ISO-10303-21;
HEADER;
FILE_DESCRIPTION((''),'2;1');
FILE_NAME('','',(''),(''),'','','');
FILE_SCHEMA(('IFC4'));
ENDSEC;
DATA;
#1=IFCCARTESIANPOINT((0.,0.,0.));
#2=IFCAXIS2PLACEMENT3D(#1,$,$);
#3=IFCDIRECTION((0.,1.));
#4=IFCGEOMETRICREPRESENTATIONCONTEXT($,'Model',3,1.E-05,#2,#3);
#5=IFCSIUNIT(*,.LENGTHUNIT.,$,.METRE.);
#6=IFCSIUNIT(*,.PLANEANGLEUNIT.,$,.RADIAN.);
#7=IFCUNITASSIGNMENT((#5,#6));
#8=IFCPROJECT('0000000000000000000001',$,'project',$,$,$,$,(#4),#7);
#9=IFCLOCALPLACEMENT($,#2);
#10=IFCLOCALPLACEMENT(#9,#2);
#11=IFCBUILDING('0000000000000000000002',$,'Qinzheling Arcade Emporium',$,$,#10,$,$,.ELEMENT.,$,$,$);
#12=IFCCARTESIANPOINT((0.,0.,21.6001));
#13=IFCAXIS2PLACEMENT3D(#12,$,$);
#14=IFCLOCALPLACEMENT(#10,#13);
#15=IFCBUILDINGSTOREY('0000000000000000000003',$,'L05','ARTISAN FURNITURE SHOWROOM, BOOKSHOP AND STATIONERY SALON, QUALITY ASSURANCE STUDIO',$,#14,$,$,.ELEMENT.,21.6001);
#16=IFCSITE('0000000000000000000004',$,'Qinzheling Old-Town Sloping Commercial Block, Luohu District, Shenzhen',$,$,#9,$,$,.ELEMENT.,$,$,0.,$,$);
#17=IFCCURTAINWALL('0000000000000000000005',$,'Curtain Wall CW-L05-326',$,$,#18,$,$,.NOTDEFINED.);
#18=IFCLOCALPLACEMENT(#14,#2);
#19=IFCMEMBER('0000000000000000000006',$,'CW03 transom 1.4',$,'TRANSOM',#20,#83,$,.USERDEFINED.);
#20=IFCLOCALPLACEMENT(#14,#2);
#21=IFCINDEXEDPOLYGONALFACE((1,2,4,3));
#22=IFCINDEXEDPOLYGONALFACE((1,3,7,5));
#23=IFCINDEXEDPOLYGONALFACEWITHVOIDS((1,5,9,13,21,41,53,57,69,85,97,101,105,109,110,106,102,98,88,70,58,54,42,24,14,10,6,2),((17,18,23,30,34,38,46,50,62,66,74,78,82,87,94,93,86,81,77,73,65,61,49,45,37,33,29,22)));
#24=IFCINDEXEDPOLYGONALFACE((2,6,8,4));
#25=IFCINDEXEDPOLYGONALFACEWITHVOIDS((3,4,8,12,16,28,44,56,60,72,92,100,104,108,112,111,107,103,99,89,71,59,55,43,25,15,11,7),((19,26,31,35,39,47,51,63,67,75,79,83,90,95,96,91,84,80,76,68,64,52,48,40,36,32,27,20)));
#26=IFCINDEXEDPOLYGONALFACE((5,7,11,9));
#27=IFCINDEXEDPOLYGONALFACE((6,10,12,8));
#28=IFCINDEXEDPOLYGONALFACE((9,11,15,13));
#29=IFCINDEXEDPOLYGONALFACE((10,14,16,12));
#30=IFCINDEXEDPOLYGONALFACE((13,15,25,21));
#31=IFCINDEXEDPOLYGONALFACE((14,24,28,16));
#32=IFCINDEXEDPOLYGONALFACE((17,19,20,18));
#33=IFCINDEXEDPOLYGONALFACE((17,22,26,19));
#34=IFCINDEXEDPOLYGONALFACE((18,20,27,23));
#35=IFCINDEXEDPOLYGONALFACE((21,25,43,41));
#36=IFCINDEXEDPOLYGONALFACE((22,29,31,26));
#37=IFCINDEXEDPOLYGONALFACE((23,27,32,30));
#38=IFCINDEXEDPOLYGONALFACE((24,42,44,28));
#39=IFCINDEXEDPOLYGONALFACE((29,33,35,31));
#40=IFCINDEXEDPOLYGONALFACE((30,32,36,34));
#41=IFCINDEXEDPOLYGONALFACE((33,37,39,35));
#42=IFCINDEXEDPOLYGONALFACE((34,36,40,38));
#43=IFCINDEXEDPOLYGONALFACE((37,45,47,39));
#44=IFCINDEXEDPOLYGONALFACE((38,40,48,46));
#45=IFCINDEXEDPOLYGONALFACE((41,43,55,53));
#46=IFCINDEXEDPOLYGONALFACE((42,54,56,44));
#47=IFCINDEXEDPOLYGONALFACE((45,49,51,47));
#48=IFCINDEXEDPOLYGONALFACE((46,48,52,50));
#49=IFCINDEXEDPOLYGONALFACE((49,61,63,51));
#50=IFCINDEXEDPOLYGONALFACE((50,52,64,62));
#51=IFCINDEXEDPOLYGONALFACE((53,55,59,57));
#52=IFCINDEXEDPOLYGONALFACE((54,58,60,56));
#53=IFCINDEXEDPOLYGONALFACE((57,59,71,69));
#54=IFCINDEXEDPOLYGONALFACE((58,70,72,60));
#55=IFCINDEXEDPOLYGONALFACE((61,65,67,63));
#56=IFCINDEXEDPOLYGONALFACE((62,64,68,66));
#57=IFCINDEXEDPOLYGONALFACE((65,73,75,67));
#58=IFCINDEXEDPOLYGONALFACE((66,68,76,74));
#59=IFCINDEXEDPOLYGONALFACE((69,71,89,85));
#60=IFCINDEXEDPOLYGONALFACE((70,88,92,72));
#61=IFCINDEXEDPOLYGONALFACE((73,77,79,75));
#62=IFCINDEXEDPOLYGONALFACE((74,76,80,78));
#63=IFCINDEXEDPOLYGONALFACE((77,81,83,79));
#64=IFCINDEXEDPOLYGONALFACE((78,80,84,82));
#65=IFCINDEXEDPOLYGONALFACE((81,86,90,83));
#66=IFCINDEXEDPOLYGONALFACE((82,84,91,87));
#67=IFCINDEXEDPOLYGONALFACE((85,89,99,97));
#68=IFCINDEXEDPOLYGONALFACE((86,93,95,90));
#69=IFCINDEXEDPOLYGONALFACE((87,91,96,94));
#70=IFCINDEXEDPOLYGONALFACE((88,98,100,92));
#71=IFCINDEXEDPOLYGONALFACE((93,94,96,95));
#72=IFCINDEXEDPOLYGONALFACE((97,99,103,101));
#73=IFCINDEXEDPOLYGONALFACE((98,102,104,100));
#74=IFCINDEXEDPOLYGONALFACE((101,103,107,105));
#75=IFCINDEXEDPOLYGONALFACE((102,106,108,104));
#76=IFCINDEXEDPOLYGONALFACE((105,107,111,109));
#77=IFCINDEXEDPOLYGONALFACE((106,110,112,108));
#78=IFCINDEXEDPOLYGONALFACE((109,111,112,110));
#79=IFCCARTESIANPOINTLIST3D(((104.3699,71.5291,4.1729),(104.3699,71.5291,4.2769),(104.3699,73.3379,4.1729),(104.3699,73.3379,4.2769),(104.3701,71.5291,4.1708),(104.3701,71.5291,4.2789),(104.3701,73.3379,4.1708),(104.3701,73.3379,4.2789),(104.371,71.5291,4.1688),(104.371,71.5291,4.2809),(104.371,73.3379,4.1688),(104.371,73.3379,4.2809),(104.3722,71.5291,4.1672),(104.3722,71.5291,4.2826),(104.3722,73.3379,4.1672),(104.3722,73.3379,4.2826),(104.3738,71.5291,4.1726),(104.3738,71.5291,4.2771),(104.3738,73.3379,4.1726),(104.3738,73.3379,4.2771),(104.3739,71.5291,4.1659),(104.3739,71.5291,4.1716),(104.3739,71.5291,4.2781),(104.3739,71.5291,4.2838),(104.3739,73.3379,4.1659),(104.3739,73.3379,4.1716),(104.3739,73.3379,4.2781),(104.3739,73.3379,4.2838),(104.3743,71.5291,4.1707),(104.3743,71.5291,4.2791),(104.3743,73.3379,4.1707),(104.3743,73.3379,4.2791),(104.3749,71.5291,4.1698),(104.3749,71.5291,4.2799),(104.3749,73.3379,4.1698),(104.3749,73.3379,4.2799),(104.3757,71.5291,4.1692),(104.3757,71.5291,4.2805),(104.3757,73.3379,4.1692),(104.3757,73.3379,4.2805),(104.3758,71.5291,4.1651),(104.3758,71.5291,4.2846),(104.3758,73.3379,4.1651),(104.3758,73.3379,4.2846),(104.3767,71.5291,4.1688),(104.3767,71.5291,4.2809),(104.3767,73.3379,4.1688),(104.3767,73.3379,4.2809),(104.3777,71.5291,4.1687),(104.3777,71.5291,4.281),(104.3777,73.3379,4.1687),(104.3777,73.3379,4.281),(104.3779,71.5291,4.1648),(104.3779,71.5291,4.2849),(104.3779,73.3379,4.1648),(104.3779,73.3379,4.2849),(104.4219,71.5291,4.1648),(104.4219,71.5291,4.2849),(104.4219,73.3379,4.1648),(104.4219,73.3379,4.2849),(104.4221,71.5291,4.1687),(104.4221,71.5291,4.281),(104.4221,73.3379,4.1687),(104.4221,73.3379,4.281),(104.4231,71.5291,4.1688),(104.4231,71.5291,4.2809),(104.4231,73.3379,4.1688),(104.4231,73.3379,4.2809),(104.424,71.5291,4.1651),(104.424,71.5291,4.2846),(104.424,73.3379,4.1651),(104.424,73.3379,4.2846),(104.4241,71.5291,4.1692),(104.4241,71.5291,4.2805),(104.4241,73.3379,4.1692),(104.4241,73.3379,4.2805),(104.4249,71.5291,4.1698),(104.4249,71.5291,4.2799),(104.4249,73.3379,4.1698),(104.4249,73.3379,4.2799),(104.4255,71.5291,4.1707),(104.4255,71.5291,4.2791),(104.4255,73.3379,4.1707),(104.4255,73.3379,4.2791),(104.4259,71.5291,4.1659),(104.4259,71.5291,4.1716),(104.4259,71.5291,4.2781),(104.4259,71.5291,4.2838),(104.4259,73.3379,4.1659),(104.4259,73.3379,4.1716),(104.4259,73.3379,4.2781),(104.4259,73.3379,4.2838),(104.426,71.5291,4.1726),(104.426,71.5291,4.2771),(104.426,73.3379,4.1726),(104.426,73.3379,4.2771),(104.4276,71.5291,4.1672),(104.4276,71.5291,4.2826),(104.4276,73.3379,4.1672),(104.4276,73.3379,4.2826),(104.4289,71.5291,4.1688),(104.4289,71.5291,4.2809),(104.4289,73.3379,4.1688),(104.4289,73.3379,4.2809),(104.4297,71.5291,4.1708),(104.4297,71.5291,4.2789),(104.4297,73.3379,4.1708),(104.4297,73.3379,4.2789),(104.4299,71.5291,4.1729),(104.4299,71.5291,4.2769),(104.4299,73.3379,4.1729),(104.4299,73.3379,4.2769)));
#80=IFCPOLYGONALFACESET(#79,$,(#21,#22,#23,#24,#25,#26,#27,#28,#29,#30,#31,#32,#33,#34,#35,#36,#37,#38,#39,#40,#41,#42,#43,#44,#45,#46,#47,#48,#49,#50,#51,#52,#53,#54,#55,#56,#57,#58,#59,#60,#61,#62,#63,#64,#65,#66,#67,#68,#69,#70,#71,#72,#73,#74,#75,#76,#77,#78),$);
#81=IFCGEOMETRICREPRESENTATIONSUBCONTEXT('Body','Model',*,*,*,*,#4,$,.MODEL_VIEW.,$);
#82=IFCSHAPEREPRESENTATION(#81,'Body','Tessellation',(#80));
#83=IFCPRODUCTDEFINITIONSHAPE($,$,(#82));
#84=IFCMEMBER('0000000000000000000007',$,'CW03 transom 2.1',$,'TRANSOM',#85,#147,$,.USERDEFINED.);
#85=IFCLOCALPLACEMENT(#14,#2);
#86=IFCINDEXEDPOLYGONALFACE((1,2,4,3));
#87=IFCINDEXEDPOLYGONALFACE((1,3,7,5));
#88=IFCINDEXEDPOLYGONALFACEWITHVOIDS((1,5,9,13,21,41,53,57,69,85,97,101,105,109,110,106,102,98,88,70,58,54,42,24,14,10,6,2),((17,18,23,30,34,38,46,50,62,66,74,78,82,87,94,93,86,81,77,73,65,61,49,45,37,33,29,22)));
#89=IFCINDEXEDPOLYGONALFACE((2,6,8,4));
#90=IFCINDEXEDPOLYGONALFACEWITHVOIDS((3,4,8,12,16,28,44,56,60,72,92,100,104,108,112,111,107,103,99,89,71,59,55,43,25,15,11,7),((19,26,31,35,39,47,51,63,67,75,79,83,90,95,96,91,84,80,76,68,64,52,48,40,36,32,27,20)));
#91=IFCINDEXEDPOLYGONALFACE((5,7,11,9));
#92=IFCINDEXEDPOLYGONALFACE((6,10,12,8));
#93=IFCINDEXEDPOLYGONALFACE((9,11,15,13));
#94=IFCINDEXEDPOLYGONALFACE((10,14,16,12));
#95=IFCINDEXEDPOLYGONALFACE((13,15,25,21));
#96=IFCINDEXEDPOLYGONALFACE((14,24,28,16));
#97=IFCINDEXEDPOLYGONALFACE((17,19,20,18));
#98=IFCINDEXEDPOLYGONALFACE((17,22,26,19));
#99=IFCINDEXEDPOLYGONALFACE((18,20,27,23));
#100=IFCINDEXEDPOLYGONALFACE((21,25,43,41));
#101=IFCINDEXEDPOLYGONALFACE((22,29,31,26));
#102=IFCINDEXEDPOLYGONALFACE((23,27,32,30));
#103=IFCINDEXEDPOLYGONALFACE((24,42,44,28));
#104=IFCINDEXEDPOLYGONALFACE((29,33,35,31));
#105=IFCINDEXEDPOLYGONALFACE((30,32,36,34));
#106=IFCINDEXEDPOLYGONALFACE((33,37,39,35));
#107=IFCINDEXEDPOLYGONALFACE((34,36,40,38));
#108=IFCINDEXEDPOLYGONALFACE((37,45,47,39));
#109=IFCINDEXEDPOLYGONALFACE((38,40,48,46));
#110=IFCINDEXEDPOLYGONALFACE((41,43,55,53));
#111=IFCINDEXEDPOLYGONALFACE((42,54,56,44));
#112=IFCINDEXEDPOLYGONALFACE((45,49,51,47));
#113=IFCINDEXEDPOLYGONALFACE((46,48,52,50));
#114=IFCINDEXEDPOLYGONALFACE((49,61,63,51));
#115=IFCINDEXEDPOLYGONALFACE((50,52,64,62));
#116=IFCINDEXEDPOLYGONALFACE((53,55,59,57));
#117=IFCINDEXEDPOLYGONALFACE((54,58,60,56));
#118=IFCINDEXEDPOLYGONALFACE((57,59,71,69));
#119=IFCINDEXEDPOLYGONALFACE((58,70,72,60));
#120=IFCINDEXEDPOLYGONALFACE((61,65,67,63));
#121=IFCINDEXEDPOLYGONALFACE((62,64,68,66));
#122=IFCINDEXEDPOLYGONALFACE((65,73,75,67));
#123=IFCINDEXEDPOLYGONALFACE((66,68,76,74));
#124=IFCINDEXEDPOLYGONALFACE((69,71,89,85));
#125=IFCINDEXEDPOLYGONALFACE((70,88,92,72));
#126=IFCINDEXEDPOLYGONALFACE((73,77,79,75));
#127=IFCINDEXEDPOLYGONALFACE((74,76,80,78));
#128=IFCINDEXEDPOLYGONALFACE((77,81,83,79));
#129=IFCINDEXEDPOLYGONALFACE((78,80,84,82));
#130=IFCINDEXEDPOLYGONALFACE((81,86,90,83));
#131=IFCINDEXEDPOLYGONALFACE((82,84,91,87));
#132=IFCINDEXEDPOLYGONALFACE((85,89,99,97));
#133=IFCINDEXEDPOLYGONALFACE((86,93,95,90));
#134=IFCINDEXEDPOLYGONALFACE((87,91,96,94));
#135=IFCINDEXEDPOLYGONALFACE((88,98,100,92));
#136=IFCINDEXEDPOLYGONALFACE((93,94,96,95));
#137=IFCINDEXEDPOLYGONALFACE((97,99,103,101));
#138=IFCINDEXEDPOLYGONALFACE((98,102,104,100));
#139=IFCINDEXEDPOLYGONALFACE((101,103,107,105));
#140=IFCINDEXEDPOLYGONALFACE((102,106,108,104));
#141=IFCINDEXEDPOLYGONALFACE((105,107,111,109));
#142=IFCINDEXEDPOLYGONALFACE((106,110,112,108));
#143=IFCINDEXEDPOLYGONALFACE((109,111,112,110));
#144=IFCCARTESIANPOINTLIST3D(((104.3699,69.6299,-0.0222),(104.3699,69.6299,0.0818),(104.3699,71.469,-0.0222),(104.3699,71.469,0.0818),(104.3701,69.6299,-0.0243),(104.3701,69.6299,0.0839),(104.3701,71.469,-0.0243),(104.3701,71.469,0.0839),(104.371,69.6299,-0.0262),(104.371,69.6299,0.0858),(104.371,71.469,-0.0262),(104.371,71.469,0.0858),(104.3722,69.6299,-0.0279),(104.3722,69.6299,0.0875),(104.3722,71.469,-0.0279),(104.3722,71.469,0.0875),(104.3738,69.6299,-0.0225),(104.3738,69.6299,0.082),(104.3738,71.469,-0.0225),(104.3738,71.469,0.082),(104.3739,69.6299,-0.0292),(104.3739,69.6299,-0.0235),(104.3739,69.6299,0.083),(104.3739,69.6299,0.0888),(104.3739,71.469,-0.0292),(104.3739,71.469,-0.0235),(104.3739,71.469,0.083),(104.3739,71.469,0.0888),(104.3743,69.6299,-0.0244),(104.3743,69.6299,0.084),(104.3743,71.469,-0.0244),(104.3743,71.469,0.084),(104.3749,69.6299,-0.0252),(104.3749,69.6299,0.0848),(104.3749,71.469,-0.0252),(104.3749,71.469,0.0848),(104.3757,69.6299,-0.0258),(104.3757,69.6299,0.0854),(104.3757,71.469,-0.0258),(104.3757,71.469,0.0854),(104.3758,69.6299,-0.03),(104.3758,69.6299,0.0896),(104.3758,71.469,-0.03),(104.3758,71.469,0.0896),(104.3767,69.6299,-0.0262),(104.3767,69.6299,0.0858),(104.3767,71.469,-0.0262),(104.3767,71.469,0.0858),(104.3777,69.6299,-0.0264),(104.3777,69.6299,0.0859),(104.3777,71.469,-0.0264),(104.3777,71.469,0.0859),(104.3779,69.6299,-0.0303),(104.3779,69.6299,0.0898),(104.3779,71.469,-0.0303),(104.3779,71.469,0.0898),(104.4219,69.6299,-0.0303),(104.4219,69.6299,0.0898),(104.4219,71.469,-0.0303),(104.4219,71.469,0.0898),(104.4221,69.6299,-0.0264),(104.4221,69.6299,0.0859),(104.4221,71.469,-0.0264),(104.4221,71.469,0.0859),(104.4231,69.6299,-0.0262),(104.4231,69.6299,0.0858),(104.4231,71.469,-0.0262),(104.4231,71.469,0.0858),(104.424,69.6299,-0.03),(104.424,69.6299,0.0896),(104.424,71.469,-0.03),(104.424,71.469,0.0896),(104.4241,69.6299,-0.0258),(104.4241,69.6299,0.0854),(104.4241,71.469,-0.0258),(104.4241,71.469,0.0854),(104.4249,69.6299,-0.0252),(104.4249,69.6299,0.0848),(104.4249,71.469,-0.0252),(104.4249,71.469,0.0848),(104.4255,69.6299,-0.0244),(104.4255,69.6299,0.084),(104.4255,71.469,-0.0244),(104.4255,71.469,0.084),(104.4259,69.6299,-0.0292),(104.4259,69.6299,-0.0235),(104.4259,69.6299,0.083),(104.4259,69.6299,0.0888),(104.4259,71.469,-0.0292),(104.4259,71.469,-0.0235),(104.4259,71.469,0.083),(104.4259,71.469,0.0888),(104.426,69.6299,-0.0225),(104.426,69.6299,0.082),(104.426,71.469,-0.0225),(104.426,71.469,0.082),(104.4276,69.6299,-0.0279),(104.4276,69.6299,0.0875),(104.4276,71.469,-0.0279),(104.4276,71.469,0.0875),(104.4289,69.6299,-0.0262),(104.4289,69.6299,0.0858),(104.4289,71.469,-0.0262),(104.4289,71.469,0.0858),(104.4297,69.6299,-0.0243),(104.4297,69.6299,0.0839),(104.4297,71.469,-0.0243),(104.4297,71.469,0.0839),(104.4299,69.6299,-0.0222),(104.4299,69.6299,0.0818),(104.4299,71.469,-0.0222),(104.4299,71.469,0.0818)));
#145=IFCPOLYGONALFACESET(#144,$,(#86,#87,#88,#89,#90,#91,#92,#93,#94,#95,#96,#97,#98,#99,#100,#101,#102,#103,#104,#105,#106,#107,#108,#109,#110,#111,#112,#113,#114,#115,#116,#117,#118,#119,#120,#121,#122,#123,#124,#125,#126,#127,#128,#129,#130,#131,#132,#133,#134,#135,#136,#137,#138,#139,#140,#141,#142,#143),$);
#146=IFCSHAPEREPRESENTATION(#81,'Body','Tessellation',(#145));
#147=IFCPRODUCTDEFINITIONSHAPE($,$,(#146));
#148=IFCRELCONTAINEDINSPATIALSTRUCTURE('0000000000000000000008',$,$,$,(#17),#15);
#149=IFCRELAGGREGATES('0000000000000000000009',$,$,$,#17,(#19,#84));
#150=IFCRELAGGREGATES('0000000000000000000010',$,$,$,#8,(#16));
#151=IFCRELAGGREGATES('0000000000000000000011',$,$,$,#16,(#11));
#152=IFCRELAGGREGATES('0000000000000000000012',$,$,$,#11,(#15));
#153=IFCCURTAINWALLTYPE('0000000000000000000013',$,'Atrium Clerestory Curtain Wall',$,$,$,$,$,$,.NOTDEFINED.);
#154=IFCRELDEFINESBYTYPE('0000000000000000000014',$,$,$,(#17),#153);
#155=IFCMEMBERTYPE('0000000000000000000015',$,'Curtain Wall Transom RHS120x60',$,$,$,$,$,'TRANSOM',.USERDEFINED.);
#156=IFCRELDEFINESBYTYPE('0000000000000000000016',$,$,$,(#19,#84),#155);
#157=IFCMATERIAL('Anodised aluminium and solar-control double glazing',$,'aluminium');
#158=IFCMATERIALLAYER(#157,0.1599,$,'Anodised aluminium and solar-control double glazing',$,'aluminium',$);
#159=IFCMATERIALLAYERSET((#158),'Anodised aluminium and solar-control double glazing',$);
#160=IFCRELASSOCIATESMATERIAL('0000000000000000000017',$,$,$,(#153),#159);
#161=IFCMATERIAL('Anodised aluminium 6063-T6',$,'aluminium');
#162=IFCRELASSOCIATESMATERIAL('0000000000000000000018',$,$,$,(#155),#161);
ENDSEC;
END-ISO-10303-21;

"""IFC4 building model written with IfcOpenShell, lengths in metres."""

from ifc_helpers import new_model, si_unit, direction, frame, origin, origin_2d, place, context, subcontext, project, spatial, hollow_rectangle, extrude, material, layer, layer_set, material_profile, profile_set, type_object, element, aggregate, save


model = new_model("IFC4")

# Units and contexts
model_context = context("Model", 3, precision=1e-05, world=origin(), true_north=direction((0.0, 1.0)))
body_context = subcontext(model_context, "Body", "Model", "MODEL_VIEW")
ifc_project = project(units=[si_unit("LENGTHUNIT", "METRE"), si_unit("PLANEANGLEUNIT", "RADIAN")], contexts=[model_context])

# Site, building, storey
site_placement = place(None, origin())
site = spatial("IfcSite", under=ifc_project, at=site_placement, Name="Qinzheling Old-Town Sloping Commercial Block, Luohu District, Shenzhen", CompositionType="ELEMENT", RefElevation=0.0)
building_placement = place(site_placement, origin())
building = spatial("IfcBuilding", under=site, at=building_placement, Name="Qinzheling Arcade Emporium", CompositionType="ELEMENT")
storey_placement = place(building_placement, frame((0.0, 0.0, 21.6001)))
storey = spatial("IfcBuildingStorey", under=building, at=storey_placement, Name="L05", Description="ARTISAN FURNITURE SHOWROOM, BOOKSHOP AND STATIONERY SALON, QUALITY ASSURANCE STUDIO", CompositionType="ELEMENT", Elevation=21.6001)

# Curtain wall, members
ifc_material_1 = material(Name="Anodised aluminium and solar-control double glazing", Category="aluminium")
ifc_layer_1 = layer(ifc_material_1, 0.1599, Name="Anodised aluminium and solar-control double glazing", Category="aluminium")
ifc_layer_set_1 = layer_set([ifc_layer_1], Name="Anodised aluminium and solar-control double glazing")
curtain_wall_type = type_object("IfcCurtainWallType", Name="Atrium Clerestory Curtain Wall", PredefinedType="NOTDEFINED", material=ifc_layer_set_1)
curtain_wall_placement = place(storey_placement, origin())
curtain_wall = element("IfcCurtainWall", 1, at=curtain_wall_placement, inside=storey, type_object=curtain_wall_type, Name="Curtain Wall CW-L05-326", PredefinedType="NOTDEFINED")
ifc_material_2 = material(Name="Anodised aluminium 6063-T6", Category="aluminium")
ifc_material_profile_1 = material_profile(ifc_material_2, hollow_rectangle(XDim=0.0601, YDim=0.1201, WallThickness=0.0039, InnerFilletRadius=0.0039, OuterFilletRadius=0.0081, at=origin_2d()), Name="RHS 120x60x4", Category="aluminium")
ifc_profile_set_1 = profile_set([ifc_material_profile_1], Name="Anodised aluminium 6063-T6")
member_type_1 = type_object("IfcMemberType", Name="Curtain Wall Transom RHS120x60", ElementType="TRANSOM", PredefinedType="USERDEFINED", material=ifc_profile_set_1)
member_1_placement = place(storey_placement, frame((104.3999, 73.3379, 4.2249), z_axis=(0.0, -1.0, 0.0), x_axis=(1.0, 0.0, 0.0)))
member_1 = element("IfcMember", 2, at=member_1_placement, type_object=member_type_1, Name="CW03 transom 1.4", ObjectType="TRANSOM", PredefinedType="USERDEFINED", context=body_context, shape_type="SweptSolid", body=[
    extrude(hollow_rectangle(XDim=0.0601, YDim=0.1201, WallThickness=0.0039, InnerFilletRadius=0.0039, OuterFilletRadius=0.0081, at=origin_2d()), origin(), (0.0, 0.0, 1.0), 1.8088),
])
member_2_placement = place(storey_placement, frame((104.3999, 71.469, 0.0298), z_axis=(0.0, -1.0, 0.0), x_axis=(1.0, 0.0, 0.0)))
member_2 = element("IfcMember", 3, at=member_2_placement, type_object=member_type_1, Name="CW03 transom 2.1", ObjectType="TRANSOM", PredefinedType="USERDEFINED", context=body_context, shape_type="SweptSolid", body=[
    extrude(hollow_rectangle(XDim=0.0601, YDim=0.1201, WallThickness=0.0039, InnerFilletRadius=0.0039, OuterFilletRadius=0.0081, at=origin_2d()), origin(), (0.0, 0.0, 1.0), 1.8391),
])
aggregate(curtain_wall, [member_1, member_2])

save(model, "model.ifc")
